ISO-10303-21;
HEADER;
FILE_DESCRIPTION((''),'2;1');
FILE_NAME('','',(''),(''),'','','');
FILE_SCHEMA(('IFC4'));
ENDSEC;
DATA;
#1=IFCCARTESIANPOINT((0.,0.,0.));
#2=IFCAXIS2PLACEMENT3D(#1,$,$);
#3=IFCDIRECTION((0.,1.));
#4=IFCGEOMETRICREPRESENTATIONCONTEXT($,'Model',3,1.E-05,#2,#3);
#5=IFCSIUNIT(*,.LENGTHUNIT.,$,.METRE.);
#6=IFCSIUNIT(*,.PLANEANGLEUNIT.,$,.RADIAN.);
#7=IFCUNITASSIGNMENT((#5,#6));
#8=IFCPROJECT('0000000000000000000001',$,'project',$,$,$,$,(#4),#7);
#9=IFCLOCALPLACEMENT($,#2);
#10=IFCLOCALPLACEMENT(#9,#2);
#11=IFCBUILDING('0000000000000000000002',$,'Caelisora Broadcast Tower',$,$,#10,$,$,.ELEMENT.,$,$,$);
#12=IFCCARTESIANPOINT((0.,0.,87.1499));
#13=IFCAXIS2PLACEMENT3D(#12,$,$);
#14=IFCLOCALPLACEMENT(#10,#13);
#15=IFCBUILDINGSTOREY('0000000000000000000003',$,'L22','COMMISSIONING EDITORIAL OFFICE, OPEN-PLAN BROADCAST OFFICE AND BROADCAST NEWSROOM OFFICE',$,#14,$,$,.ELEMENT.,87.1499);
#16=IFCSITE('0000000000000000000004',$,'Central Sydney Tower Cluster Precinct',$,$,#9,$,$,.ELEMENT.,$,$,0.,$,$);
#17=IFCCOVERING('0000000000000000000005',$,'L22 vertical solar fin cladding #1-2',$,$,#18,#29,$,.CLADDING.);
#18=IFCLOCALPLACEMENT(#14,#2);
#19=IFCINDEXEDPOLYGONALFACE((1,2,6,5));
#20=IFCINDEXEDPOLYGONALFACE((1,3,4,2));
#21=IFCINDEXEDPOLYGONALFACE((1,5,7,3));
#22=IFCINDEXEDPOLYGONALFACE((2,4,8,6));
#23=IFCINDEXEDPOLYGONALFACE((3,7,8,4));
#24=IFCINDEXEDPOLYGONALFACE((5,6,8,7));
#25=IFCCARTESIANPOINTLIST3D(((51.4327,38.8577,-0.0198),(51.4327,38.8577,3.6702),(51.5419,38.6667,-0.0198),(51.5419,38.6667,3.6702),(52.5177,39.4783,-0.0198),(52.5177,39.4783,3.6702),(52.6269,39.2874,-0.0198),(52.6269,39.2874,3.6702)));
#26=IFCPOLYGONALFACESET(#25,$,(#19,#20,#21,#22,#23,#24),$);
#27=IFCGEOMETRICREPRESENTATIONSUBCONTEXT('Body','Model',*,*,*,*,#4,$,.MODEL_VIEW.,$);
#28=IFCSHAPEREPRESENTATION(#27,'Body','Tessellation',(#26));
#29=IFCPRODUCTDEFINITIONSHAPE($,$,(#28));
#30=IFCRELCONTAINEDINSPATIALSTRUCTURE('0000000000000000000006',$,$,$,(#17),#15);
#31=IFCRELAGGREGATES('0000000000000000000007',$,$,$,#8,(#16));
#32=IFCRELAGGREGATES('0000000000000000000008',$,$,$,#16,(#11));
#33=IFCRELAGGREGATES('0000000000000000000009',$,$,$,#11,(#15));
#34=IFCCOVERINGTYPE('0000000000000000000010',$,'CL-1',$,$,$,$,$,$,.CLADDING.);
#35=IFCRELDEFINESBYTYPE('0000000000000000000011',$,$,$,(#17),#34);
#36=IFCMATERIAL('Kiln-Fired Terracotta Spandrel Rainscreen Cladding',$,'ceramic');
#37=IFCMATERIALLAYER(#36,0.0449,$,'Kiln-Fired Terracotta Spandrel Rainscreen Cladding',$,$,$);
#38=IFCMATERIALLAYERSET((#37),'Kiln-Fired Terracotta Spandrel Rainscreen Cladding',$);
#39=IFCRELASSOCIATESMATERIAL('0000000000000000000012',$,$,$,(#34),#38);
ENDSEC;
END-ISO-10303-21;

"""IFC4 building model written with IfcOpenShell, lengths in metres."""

from ifc_helpers import new_model, si_unit, direction, frame, origin, origin_2d, place, context, subcontext, project, spatial, rectangle, extrude, source, transform, mapped, material, layer, layer_set, type_object, type_shapes, element, save


model = new_model("IFC4")

# Units and contexts
model_context = context("Model", 3, precision=1e-05, world=origin(), true_north=direction((0.0, 1.0)))
body_context = subcontext(model_context, "Body", "Model", "MODEL_VIEW")
ifc_project = project(units=[si_unit("LENGTHUNIT", "METRE"), si_unit("PLANEANGLEUNIT", "RADIAN")], contexts=[model_context])

# Site, building, storey
site_placement = place(None, origin())
site = spatial("IfcSite", under=ifc_project, at=site_placement, Name="Central Sydney Tower Cluster Precinct", CompositionType="ELEMENT", RefElevation=0.0)
building_placement = place(site_placement, origin())
building = spatial("IfcBuilding", under=site, at=building_placement, Name="Caelisora Broadcast Tower", CompositionType="ELEMENT")
storey_placement = place(building_placement, frame((0.0, 0.0, 87.1499)))
storey = spatial("IfcBuildingStorey", under=building, at=storey_placement, Name="L22", Description="COMMISSIONING EDITORIAL OFFICE, OPEN-PLAN BROADCAST OFFICE AND BROADCAST NEWSROOM OFFICE", CompositionType="ELEMENT", Elevation=87.1499)

# Covering
ifc_material_1 = material(Name="Kiln-Fired Terracotta Spandrel Rainscreen Cladding", Category="ceramic")
ifc_layer_1 = layer(ifc_material_1, 0.0449, Name="Kiln-Fired Terracotta Spandrel Rainscreen Cladding")
ifc_layer_set_1 = layer_set([ifc_layer_1], Name="Kiln-Fired Terracotta Spandrel Rainscreen Cladding")
covering_type = type_object("IfcCoveringType", Name="CL-1", PredefinedType="CLADDING", material=ifc_layer_set_1)
shared_shape_1 = source(origin(), body_context, "Body", "SweptSolid", [
    extrude(rectangle(XDim=0.22, YDim=1.25, at=origin_2d()), origin(), (0.0, 0.0, 1.0), 3.6899),
])
type_shapes(covering_type, [shared_shape_1])
for number, where, z_axis, x_axis, name in (
    (1, (52.0298, 39.0725, -0.0198), (0.0, 0.0, 1.0), (0.49652, -0.868026, 0.0), "L22 vertical solar fin cladding #1-2"),
):
    element("IfcCovering", number, at=place(storey_placement, frame(where, z_axis=z_axis, x_axis=x_axis)), inside=storey, type_object=covering_type, Name=name, PredefinedType="CLADDING", context=body_context, shape_type="MappedRepresentation", body=[
        mapped(shared_shape_1, transform((0.0, 0.0, 0.0), scale=1.0)),
    ])

save(model, "model.ifc")
